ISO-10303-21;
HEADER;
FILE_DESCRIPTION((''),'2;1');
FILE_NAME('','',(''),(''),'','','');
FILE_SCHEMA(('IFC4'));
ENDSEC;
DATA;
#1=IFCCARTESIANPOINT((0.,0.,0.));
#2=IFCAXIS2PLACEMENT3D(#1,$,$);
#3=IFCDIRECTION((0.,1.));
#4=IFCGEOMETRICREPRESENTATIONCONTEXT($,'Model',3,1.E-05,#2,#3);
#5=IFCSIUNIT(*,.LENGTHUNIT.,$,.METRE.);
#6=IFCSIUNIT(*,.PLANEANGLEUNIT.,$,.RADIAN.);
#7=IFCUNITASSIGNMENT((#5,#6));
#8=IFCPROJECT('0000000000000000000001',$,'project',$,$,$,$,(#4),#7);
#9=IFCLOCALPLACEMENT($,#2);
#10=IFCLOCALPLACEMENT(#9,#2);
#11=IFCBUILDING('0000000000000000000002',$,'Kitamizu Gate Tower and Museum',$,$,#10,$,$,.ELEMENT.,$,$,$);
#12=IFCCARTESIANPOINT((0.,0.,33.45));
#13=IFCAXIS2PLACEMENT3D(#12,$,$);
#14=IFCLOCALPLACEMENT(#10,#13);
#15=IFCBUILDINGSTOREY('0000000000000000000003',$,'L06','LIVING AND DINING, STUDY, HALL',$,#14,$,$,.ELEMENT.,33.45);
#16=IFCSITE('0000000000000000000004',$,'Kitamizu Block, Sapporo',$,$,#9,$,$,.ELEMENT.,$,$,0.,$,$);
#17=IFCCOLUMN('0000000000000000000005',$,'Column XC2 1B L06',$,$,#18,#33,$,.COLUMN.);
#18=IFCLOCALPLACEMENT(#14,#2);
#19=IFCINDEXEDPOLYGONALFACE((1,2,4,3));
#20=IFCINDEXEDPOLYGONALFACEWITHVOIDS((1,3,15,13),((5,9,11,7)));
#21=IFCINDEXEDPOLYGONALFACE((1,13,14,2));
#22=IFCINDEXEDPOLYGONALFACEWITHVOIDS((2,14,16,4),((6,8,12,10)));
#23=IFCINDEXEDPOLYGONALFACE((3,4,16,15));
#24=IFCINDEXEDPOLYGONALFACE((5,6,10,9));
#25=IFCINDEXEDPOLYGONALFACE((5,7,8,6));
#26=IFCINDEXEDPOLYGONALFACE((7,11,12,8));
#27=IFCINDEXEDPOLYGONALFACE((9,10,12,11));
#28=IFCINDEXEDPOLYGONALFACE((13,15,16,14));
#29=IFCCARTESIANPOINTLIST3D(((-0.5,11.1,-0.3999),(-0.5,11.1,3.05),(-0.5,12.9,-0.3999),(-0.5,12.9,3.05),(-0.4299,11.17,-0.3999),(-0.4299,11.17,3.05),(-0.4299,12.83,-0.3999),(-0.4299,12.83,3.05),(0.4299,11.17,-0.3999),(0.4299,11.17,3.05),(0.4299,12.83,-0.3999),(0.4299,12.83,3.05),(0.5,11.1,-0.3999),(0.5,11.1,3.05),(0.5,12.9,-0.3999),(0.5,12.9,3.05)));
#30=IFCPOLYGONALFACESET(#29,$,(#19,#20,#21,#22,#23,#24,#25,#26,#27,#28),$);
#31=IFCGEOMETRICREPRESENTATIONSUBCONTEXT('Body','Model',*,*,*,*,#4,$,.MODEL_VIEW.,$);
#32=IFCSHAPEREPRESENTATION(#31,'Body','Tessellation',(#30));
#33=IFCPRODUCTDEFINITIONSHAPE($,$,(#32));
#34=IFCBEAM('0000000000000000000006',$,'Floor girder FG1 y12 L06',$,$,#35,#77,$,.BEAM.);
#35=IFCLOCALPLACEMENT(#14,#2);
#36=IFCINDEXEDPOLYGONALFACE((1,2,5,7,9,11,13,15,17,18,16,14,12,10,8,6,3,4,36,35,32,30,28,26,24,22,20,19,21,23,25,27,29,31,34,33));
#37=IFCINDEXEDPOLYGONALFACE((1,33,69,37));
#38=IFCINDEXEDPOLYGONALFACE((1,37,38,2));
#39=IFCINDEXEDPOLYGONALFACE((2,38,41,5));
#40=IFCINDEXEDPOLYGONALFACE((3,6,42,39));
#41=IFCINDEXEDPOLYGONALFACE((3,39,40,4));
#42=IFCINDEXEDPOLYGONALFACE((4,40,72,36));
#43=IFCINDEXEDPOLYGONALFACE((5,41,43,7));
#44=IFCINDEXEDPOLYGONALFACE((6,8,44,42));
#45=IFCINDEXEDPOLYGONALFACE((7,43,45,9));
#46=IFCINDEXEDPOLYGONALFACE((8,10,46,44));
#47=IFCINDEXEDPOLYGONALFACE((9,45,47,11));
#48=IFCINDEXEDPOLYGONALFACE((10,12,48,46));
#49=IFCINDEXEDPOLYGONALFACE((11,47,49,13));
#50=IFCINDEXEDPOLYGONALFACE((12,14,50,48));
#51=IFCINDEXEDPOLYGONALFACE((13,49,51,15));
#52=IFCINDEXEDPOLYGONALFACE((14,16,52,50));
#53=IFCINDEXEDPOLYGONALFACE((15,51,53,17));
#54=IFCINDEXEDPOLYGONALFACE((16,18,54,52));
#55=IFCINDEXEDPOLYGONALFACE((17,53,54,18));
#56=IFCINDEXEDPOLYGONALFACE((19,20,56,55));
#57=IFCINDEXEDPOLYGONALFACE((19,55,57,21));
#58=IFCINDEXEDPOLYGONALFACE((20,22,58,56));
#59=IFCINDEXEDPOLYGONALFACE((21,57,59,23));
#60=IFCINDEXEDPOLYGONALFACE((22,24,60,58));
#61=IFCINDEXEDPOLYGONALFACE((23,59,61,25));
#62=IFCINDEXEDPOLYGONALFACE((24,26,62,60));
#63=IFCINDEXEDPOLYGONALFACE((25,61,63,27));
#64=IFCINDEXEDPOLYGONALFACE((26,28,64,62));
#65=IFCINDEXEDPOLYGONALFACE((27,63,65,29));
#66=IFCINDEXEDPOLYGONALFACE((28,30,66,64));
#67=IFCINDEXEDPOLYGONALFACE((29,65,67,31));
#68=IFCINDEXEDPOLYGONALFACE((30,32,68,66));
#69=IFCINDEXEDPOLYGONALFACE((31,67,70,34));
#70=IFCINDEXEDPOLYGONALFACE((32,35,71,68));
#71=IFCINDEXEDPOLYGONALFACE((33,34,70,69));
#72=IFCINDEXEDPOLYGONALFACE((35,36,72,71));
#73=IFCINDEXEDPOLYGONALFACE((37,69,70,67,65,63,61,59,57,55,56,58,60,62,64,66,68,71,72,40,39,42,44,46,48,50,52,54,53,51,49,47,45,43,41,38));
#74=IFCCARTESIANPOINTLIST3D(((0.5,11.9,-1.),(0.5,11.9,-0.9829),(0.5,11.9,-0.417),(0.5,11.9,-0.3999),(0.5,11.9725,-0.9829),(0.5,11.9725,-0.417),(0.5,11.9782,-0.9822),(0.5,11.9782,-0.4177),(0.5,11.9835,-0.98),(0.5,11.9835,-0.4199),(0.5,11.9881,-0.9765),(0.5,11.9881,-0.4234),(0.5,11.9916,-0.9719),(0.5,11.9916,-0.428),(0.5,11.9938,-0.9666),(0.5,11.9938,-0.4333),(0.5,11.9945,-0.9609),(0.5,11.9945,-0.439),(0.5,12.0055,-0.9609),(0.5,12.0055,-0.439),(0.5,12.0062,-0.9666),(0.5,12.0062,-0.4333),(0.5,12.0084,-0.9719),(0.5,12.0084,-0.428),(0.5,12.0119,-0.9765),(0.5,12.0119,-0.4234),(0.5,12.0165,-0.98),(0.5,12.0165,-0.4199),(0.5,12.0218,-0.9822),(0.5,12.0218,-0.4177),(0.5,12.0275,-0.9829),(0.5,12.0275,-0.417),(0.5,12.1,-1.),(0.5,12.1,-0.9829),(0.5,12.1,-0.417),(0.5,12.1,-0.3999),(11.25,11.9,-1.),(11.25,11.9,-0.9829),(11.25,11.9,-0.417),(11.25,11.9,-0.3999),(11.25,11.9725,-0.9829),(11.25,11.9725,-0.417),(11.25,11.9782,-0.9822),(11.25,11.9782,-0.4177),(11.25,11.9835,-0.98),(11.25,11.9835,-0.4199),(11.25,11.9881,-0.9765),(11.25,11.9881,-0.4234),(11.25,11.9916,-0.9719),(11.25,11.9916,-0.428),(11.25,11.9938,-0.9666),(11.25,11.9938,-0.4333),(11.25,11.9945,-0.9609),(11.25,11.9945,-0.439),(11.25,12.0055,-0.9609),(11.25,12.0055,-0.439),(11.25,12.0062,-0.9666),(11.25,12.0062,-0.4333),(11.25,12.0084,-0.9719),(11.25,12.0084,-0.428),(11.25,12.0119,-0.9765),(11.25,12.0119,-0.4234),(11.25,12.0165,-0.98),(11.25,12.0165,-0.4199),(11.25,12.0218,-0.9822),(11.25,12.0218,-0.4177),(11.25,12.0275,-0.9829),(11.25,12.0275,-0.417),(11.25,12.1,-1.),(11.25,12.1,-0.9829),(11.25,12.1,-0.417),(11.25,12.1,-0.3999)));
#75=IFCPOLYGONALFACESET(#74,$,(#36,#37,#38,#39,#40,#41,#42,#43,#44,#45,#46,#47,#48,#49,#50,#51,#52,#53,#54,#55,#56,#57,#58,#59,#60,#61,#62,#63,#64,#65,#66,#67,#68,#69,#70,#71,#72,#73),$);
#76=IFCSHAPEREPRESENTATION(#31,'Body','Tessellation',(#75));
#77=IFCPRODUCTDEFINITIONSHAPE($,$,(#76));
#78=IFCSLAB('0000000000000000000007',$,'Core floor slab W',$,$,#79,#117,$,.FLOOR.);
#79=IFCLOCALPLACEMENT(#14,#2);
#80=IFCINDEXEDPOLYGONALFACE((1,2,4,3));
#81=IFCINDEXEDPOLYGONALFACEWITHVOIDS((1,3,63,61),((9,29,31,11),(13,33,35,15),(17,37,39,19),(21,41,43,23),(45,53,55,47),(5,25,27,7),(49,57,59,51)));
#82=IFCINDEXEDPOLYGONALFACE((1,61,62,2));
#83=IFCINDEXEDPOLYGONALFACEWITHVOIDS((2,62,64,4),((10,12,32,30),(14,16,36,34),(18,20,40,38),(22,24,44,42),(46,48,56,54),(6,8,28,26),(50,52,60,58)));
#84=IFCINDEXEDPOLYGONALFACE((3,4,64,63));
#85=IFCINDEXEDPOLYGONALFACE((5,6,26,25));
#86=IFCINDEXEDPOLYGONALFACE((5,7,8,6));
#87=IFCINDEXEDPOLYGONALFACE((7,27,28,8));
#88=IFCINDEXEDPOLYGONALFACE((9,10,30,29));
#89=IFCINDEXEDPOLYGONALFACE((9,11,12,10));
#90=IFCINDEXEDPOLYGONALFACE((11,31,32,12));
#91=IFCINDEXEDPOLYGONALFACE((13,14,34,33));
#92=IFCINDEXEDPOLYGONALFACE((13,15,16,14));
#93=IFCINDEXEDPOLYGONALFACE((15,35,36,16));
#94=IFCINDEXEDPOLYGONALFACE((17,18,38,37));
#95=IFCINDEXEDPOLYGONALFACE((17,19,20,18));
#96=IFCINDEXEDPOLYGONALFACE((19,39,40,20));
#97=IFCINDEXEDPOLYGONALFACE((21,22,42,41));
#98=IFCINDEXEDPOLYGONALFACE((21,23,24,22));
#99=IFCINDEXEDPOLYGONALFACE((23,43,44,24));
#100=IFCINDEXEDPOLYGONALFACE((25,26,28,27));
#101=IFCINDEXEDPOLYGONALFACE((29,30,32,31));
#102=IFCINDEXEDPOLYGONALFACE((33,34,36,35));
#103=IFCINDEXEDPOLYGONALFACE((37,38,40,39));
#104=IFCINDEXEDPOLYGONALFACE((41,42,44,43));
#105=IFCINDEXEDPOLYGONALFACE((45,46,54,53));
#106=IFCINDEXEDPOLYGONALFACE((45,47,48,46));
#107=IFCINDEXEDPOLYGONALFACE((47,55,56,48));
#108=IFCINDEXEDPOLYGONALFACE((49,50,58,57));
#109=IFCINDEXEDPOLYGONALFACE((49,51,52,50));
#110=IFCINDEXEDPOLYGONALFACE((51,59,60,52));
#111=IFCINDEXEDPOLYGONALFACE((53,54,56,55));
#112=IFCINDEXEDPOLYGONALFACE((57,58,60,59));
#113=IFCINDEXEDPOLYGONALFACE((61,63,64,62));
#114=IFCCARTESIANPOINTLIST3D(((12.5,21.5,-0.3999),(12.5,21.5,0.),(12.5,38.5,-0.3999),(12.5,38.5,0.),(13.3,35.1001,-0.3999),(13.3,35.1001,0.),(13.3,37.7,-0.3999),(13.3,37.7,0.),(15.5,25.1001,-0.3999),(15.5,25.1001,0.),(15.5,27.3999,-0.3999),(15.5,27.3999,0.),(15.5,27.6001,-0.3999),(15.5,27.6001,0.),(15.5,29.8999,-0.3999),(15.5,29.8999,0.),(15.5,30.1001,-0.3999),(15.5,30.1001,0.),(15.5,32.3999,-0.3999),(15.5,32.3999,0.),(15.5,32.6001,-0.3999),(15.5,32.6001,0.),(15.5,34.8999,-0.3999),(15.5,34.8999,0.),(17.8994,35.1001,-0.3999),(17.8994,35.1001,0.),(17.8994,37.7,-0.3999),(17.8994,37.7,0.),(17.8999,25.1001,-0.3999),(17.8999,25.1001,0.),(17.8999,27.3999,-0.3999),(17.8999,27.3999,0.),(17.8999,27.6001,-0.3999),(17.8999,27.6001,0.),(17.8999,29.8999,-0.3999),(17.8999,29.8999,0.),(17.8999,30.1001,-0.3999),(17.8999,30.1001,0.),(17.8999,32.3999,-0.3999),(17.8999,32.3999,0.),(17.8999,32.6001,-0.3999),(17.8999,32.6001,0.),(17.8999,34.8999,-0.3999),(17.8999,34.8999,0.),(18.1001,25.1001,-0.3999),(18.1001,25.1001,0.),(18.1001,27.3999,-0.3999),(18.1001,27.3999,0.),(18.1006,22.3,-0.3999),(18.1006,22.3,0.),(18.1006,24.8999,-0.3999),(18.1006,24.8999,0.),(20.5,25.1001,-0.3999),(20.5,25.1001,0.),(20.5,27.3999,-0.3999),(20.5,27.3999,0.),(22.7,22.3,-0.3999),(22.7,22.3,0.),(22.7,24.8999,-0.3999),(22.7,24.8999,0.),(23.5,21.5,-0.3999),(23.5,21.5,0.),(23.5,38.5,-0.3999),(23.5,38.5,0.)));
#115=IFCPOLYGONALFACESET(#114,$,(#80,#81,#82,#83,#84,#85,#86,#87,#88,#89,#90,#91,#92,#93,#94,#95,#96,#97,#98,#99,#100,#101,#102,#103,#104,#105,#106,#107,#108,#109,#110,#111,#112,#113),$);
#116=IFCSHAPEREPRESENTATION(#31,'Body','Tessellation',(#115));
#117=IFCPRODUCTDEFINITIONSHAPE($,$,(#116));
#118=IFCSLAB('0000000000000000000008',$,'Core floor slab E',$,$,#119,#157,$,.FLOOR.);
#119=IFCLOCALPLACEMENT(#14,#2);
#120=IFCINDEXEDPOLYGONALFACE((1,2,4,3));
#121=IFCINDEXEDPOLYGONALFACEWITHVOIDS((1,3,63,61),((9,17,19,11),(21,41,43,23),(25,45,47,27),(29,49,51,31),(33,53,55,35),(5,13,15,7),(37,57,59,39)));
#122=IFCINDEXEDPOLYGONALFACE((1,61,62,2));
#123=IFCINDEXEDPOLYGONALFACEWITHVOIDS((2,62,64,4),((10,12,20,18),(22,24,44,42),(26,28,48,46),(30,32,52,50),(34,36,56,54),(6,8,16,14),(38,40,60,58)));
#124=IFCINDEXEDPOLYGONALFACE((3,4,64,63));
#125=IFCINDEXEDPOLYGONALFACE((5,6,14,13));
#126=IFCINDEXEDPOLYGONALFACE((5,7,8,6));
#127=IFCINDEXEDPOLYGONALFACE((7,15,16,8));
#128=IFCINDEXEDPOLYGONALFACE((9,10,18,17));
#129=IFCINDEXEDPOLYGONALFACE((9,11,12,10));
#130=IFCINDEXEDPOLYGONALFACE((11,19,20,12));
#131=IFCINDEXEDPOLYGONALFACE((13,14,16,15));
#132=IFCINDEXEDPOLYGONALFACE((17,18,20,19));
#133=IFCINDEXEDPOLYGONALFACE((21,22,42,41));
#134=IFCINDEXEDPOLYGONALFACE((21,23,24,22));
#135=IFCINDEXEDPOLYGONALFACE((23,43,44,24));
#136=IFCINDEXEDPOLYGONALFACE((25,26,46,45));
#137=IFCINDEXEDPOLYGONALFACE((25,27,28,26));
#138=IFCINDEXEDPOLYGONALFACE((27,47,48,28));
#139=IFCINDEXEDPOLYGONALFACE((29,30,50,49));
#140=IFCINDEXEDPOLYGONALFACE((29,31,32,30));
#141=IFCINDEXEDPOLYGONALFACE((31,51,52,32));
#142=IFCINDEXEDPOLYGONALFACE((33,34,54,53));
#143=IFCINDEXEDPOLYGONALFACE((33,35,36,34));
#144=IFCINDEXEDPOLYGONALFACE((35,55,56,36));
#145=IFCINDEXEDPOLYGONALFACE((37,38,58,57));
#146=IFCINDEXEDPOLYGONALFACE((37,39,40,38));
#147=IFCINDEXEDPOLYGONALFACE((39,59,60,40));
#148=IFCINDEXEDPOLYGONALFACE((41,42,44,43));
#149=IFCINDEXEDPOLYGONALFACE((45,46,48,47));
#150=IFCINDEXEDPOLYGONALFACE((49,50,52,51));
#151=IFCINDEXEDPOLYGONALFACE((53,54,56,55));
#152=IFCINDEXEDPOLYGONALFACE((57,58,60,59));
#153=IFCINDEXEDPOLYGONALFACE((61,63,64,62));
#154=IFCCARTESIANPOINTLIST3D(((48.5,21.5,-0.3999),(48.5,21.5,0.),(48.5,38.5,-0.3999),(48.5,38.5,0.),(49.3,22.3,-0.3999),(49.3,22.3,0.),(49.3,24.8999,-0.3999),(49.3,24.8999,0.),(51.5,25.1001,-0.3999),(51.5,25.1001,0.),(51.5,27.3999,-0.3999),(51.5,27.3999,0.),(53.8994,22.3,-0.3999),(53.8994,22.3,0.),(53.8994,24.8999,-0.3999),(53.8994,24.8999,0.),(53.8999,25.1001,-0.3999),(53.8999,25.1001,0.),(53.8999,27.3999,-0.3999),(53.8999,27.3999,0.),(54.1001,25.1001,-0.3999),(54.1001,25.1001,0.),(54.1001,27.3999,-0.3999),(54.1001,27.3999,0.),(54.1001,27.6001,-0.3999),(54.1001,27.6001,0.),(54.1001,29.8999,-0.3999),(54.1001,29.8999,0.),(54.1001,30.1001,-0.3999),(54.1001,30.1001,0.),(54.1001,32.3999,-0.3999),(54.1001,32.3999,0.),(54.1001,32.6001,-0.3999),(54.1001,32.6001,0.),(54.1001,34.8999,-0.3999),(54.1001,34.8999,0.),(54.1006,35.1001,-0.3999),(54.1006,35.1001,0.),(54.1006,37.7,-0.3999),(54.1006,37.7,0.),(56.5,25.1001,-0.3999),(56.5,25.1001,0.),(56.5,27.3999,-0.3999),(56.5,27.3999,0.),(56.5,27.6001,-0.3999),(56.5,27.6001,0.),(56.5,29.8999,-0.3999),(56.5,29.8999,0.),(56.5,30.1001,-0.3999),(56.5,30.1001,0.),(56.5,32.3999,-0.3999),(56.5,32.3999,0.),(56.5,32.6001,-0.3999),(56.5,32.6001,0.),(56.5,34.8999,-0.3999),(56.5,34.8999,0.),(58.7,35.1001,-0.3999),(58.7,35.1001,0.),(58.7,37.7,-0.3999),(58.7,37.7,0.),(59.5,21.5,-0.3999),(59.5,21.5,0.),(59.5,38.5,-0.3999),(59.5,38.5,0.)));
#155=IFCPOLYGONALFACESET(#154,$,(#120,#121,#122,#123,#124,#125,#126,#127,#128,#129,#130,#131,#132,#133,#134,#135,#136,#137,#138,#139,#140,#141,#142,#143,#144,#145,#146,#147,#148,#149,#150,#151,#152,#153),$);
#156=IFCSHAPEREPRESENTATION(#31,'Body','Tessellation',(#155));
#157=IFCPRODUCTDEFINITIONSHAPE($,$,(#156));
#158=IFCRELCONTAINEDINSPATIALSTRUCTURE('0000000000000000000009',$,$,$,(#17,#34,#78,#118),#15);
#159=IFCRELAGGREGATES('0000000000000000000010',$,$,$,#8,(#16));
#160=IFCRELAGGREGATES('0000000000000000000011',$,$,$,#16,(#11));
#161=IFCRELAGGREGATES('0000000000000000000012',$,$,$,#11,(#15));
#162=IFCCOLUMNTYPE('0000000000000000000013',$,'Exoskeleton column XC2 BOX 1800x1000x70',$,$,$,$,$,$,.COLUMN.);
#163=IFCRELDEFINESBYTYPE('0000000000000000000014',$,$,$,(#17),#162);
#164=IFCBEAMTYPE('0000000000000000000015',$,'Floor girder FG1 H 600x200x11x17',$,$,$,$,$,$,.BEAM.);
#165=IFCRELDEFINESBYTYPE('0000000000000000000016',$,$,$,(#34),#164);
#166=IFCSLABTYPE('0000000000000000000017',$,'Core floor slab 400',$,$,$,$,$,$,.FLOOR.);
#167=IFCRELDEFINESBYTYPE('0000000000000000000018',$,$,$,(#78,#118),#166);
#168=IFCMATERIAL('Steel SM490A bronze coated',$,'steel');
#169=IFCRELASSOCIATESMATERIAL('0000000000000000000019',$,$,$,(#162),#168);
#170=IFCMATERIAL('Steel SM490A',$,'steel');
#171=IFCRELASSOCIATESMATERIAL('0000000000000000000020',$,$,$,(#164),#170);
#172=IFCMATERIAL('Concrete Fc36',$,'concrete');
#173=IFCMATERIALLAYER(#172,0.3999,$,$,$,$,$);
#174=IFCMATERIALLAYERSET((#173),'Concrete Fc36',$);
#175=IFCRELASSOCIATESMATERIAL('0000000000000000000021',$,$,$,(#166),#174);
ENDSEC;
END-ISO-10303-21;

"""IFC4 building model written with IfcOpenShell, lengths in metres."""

from ifc_helpers import new_model, si_unit, direction, frame, origin, origin_2d, place, context, subcontext, project, spatial, polyline, hollow_rectangle, i_section, outline, extrude, material, layer, layer_set, material_profile, profile_set, type_object, element, save


model = new_model("IFC4")

# Units and contexts
model_context = context("Model", 3, precision=1e-05, world=origin(), true_north=direction((0.0, 1.0)))
body_context = subcontext(model_context, "Body", "Model", "MODEL_VIEW")
ifc_project = project(units=[si_unit("LENGTHUNIT", "METRE"), si_unit("PLANEANGLEUNIT", "RADIAN")], contexts=[model_context])

# Site, building, storey
site_placement = place(None, origin())
site = spatial("IfcSite", under=ifc_project, at=site_placement, Name="Kitamizu Block, Sapporo", CompositionType="ELEMENT", RefElevation=0.0)
building_placement = place(site_placement, origin())
building = spatial("IfcBuilding", under=site, at=building_placement, Name="Kitamizu Gate Tower and Museum", CompositionType="ELEMENT")
storey_placement = place(building_placement, frame((0.0, 0.0, 33.45)))
storey = spatial("IfcBuildingStorey", under=building, at=storey_placement, Name="L06", Description="LIVING AND DINING, STUDY, HALL", CompositionType="ELEMENT", Elevation=33.45)

# Column
ifc_material_1 = material(Name="Steel SM490A bronze coated", Category="steel")
ifc_material_profile_1 = material_profile(ifc_material_1, hollow_rectangle(XDim=1.8, YDim=1.0, WallThickness=0.0701, at=origin_2d()), Name="BOX 1800x1000x70")
ifc_profile_set_1 = profile_set([ifc_material_profile_1], Name="Steel SM490A bronze coated")
column_type = type_object("IfcColumnType", Name="Exoskeleton column XC2 BOX 1800x1000x70", PredefinedType="COLUMN", material=ifc_profile_set_1)
column_placement = place(storey_placement, frame((0.0, 12.0, -0.3999), z_axis=(0.0, 0.0, 1.0), x_axis=(0.0, 1.0, 0.0)))
element("IfcColumn", 1, at=column_placement, inside=storey, type_object=column_type, Name="Column XC2 1B L06", PredefinedType="COLUMN", context=body_context, shape_type="SweptSolid", body=[
    extrude(hollow_rectangle(XDim=1.8, YDim=1.0, WallThickness=0.0701, at=origin_2d()), origin(), (0.0, 0.0, 1.0), 3.45),
])

# Beam
ifc_material_2 = material(Name="Steel SM490A", Category="steel")
ifc_material_profile_2 = material_profile(ifc_material_2, i_section(OverallWidth=0.2, OverallDepth=0.6001, WebThickness=0.011, FlangeThickness=0.0171, FilletRadius=0.022, at=origin_2d()), Name="H-600x200x11x17")
ifc_profile_set_2 = profile_set([ifc_material_profile_2], Name="Steel SM490A")
beam_type = type_object("IfcBeamType", Name="Floor girder FG1 H 600x200x11x17", PredefinedType="BEAM", material=ifc_profile_set_2)
beam_placement = place(storey_placement, frame((0.5, 12.0, -0.7), z_axis=(1.0, 0.0, 0.0), x_axis=(0.0, 1.0, 0.0)))
element("IfcBeam", 2, at=beam_placement, inside=storey, type_object=beam_type, Name="Floor girder FG1 y12 L06", PredefinedType="BEAM", context=body_context, shape_type="SweptSolid", body=[
    extrude(i_section(OverallWidth=0.2, OverallDepth=0.6001, WebThickness=0.011, FlangeThickness=0.0171, FilletRadius=0.022, at=origin_2d()), origin(), (0.0, 0.0, 1.0), 10.75),
])

# Slabs
ifc_material_3 = material(Name="Concrete Fc36", Category="concrete")
ifc_layer_1 = layer(ifc_material_3, 0.3999)
ifc_layer_set_1 = layer_set([ifc_layer_1], Name="Concrete Fc36")
slab_type_1 = type_object("IfcSlabType", Name="Core floor slab 400", PredefinedType="FLOOR", material=ifc_layer_set_1)
slab_1_placement = place(storey_placement, frame((0.0, 0.0, -0.3999)))
element("IfcSlab", 3, at=slab_1_placement, inside=storey, type_object=slab_type_1, Name="Core floor slab W", PredefinedType="FLOOR", context=body_context, shape_type="SweptSolid", body=[
    extrude(outline(polyline([(12.5, 21.5), (23.5, 21.5), (23.5, 38.5), (12.5, 38.5), (12.5, 21.5)]), holes=[polyline([(15.5, 25.1001), (17.8999, 25.1001), (17.8999, 27.3999), (15.5, 27.3999), (15.5, 25.1001)]), polyline([(15.5, 27.6001), (17.8999, 27.6001), (17.8999, 29.8999), (15.5, 29.8999), (15.5, 27.6001)]), polyline([(15.5, 30.1001), (17.8999, 30.1001), (17.8999, 32.3999), (15.5, 32.3999), (15.5, 30.1001)]), polyline([(15.5, 32.6001), (17.8999, 32.6001), (17.8999, 34.8999), (15.5, 34.8999), (15.5, 32.6001)]), polyline([(18.1001, 25.1001), (20.5, 25.1001), (20.5, 27.3999), (18.1001, 27.3999), (18.1001, 25.1001)]), polyline([(18.1006, 22.3), (22.7, 22.3), (22.7, 24.8999), (18.1006, 24.8999), (18.1006, 22.3)]), polyline([(13.3, 35.1001), (17.8994, 35.1001), (17.8994, 37.7), (13.3, 37.7), (13.3, 35.1001)])]), origin(), (0.0, 0.0, 1.0), 0.3999),
])
slab_2_placement = place(storey_placement, frame((0.0, 0.0, -0.3999)))
element("IfcSlab", 4, at=slab_2_placement, inside=storey, type_object=slab_type_1, Name="Core floor slab E", PredefinedType="FLOOR", context=body_context, shape_type="SweptSolid", body=[
    extrude(outline(polyline([(48.5, 21.5), (59.5, 21.5), (59.5, 38.5), (48.5, 38.5), (48.5, 21.5)]), holes=[polyline([(54.1001, 25.1001), (56.5, 25.1001), (56.5, 27.3999), (54.1001, 27.3999), (54.1001, 25.1001)]), polyline([(54.1001, 27.6001), (56.5, 27.6001), (56.5, 29.8999), (54.1001, 29.8999), (54.1001, 27.6001)]), polyline([(54.1001, 30.1001), (56.5, 30.1001), (56.5, 32.3999), (54.1001, 32.3999), (54.1001, 30.1001)]), polyline([(54.1001, 32.6001), (56.5, 32.6001), (56.5, 34.8999), (54.1001, 34.8999), (54.1001, 32.6001)]), polyline([(51.5, 25.1001), (53.8999, 25.1001), (53.8999, 27.3999), (51.5, 27.3999), (51.5, 25.1001)]), polyline([(49.3, 22.3), (53.8994, 22.3), (53.8994, 24.8999), (49.3, 24.8999), (49.3, 22.3)]), polyline([(54.1006, 35.1001), (58.7, 35.1001), (58.7, 37.7), (54.1006, 37.7), (54.1006, 35.1001)])]), origin(), (0.0, 0.0, 1.0), 0.3999),
])

save(model, "model.ifc")
